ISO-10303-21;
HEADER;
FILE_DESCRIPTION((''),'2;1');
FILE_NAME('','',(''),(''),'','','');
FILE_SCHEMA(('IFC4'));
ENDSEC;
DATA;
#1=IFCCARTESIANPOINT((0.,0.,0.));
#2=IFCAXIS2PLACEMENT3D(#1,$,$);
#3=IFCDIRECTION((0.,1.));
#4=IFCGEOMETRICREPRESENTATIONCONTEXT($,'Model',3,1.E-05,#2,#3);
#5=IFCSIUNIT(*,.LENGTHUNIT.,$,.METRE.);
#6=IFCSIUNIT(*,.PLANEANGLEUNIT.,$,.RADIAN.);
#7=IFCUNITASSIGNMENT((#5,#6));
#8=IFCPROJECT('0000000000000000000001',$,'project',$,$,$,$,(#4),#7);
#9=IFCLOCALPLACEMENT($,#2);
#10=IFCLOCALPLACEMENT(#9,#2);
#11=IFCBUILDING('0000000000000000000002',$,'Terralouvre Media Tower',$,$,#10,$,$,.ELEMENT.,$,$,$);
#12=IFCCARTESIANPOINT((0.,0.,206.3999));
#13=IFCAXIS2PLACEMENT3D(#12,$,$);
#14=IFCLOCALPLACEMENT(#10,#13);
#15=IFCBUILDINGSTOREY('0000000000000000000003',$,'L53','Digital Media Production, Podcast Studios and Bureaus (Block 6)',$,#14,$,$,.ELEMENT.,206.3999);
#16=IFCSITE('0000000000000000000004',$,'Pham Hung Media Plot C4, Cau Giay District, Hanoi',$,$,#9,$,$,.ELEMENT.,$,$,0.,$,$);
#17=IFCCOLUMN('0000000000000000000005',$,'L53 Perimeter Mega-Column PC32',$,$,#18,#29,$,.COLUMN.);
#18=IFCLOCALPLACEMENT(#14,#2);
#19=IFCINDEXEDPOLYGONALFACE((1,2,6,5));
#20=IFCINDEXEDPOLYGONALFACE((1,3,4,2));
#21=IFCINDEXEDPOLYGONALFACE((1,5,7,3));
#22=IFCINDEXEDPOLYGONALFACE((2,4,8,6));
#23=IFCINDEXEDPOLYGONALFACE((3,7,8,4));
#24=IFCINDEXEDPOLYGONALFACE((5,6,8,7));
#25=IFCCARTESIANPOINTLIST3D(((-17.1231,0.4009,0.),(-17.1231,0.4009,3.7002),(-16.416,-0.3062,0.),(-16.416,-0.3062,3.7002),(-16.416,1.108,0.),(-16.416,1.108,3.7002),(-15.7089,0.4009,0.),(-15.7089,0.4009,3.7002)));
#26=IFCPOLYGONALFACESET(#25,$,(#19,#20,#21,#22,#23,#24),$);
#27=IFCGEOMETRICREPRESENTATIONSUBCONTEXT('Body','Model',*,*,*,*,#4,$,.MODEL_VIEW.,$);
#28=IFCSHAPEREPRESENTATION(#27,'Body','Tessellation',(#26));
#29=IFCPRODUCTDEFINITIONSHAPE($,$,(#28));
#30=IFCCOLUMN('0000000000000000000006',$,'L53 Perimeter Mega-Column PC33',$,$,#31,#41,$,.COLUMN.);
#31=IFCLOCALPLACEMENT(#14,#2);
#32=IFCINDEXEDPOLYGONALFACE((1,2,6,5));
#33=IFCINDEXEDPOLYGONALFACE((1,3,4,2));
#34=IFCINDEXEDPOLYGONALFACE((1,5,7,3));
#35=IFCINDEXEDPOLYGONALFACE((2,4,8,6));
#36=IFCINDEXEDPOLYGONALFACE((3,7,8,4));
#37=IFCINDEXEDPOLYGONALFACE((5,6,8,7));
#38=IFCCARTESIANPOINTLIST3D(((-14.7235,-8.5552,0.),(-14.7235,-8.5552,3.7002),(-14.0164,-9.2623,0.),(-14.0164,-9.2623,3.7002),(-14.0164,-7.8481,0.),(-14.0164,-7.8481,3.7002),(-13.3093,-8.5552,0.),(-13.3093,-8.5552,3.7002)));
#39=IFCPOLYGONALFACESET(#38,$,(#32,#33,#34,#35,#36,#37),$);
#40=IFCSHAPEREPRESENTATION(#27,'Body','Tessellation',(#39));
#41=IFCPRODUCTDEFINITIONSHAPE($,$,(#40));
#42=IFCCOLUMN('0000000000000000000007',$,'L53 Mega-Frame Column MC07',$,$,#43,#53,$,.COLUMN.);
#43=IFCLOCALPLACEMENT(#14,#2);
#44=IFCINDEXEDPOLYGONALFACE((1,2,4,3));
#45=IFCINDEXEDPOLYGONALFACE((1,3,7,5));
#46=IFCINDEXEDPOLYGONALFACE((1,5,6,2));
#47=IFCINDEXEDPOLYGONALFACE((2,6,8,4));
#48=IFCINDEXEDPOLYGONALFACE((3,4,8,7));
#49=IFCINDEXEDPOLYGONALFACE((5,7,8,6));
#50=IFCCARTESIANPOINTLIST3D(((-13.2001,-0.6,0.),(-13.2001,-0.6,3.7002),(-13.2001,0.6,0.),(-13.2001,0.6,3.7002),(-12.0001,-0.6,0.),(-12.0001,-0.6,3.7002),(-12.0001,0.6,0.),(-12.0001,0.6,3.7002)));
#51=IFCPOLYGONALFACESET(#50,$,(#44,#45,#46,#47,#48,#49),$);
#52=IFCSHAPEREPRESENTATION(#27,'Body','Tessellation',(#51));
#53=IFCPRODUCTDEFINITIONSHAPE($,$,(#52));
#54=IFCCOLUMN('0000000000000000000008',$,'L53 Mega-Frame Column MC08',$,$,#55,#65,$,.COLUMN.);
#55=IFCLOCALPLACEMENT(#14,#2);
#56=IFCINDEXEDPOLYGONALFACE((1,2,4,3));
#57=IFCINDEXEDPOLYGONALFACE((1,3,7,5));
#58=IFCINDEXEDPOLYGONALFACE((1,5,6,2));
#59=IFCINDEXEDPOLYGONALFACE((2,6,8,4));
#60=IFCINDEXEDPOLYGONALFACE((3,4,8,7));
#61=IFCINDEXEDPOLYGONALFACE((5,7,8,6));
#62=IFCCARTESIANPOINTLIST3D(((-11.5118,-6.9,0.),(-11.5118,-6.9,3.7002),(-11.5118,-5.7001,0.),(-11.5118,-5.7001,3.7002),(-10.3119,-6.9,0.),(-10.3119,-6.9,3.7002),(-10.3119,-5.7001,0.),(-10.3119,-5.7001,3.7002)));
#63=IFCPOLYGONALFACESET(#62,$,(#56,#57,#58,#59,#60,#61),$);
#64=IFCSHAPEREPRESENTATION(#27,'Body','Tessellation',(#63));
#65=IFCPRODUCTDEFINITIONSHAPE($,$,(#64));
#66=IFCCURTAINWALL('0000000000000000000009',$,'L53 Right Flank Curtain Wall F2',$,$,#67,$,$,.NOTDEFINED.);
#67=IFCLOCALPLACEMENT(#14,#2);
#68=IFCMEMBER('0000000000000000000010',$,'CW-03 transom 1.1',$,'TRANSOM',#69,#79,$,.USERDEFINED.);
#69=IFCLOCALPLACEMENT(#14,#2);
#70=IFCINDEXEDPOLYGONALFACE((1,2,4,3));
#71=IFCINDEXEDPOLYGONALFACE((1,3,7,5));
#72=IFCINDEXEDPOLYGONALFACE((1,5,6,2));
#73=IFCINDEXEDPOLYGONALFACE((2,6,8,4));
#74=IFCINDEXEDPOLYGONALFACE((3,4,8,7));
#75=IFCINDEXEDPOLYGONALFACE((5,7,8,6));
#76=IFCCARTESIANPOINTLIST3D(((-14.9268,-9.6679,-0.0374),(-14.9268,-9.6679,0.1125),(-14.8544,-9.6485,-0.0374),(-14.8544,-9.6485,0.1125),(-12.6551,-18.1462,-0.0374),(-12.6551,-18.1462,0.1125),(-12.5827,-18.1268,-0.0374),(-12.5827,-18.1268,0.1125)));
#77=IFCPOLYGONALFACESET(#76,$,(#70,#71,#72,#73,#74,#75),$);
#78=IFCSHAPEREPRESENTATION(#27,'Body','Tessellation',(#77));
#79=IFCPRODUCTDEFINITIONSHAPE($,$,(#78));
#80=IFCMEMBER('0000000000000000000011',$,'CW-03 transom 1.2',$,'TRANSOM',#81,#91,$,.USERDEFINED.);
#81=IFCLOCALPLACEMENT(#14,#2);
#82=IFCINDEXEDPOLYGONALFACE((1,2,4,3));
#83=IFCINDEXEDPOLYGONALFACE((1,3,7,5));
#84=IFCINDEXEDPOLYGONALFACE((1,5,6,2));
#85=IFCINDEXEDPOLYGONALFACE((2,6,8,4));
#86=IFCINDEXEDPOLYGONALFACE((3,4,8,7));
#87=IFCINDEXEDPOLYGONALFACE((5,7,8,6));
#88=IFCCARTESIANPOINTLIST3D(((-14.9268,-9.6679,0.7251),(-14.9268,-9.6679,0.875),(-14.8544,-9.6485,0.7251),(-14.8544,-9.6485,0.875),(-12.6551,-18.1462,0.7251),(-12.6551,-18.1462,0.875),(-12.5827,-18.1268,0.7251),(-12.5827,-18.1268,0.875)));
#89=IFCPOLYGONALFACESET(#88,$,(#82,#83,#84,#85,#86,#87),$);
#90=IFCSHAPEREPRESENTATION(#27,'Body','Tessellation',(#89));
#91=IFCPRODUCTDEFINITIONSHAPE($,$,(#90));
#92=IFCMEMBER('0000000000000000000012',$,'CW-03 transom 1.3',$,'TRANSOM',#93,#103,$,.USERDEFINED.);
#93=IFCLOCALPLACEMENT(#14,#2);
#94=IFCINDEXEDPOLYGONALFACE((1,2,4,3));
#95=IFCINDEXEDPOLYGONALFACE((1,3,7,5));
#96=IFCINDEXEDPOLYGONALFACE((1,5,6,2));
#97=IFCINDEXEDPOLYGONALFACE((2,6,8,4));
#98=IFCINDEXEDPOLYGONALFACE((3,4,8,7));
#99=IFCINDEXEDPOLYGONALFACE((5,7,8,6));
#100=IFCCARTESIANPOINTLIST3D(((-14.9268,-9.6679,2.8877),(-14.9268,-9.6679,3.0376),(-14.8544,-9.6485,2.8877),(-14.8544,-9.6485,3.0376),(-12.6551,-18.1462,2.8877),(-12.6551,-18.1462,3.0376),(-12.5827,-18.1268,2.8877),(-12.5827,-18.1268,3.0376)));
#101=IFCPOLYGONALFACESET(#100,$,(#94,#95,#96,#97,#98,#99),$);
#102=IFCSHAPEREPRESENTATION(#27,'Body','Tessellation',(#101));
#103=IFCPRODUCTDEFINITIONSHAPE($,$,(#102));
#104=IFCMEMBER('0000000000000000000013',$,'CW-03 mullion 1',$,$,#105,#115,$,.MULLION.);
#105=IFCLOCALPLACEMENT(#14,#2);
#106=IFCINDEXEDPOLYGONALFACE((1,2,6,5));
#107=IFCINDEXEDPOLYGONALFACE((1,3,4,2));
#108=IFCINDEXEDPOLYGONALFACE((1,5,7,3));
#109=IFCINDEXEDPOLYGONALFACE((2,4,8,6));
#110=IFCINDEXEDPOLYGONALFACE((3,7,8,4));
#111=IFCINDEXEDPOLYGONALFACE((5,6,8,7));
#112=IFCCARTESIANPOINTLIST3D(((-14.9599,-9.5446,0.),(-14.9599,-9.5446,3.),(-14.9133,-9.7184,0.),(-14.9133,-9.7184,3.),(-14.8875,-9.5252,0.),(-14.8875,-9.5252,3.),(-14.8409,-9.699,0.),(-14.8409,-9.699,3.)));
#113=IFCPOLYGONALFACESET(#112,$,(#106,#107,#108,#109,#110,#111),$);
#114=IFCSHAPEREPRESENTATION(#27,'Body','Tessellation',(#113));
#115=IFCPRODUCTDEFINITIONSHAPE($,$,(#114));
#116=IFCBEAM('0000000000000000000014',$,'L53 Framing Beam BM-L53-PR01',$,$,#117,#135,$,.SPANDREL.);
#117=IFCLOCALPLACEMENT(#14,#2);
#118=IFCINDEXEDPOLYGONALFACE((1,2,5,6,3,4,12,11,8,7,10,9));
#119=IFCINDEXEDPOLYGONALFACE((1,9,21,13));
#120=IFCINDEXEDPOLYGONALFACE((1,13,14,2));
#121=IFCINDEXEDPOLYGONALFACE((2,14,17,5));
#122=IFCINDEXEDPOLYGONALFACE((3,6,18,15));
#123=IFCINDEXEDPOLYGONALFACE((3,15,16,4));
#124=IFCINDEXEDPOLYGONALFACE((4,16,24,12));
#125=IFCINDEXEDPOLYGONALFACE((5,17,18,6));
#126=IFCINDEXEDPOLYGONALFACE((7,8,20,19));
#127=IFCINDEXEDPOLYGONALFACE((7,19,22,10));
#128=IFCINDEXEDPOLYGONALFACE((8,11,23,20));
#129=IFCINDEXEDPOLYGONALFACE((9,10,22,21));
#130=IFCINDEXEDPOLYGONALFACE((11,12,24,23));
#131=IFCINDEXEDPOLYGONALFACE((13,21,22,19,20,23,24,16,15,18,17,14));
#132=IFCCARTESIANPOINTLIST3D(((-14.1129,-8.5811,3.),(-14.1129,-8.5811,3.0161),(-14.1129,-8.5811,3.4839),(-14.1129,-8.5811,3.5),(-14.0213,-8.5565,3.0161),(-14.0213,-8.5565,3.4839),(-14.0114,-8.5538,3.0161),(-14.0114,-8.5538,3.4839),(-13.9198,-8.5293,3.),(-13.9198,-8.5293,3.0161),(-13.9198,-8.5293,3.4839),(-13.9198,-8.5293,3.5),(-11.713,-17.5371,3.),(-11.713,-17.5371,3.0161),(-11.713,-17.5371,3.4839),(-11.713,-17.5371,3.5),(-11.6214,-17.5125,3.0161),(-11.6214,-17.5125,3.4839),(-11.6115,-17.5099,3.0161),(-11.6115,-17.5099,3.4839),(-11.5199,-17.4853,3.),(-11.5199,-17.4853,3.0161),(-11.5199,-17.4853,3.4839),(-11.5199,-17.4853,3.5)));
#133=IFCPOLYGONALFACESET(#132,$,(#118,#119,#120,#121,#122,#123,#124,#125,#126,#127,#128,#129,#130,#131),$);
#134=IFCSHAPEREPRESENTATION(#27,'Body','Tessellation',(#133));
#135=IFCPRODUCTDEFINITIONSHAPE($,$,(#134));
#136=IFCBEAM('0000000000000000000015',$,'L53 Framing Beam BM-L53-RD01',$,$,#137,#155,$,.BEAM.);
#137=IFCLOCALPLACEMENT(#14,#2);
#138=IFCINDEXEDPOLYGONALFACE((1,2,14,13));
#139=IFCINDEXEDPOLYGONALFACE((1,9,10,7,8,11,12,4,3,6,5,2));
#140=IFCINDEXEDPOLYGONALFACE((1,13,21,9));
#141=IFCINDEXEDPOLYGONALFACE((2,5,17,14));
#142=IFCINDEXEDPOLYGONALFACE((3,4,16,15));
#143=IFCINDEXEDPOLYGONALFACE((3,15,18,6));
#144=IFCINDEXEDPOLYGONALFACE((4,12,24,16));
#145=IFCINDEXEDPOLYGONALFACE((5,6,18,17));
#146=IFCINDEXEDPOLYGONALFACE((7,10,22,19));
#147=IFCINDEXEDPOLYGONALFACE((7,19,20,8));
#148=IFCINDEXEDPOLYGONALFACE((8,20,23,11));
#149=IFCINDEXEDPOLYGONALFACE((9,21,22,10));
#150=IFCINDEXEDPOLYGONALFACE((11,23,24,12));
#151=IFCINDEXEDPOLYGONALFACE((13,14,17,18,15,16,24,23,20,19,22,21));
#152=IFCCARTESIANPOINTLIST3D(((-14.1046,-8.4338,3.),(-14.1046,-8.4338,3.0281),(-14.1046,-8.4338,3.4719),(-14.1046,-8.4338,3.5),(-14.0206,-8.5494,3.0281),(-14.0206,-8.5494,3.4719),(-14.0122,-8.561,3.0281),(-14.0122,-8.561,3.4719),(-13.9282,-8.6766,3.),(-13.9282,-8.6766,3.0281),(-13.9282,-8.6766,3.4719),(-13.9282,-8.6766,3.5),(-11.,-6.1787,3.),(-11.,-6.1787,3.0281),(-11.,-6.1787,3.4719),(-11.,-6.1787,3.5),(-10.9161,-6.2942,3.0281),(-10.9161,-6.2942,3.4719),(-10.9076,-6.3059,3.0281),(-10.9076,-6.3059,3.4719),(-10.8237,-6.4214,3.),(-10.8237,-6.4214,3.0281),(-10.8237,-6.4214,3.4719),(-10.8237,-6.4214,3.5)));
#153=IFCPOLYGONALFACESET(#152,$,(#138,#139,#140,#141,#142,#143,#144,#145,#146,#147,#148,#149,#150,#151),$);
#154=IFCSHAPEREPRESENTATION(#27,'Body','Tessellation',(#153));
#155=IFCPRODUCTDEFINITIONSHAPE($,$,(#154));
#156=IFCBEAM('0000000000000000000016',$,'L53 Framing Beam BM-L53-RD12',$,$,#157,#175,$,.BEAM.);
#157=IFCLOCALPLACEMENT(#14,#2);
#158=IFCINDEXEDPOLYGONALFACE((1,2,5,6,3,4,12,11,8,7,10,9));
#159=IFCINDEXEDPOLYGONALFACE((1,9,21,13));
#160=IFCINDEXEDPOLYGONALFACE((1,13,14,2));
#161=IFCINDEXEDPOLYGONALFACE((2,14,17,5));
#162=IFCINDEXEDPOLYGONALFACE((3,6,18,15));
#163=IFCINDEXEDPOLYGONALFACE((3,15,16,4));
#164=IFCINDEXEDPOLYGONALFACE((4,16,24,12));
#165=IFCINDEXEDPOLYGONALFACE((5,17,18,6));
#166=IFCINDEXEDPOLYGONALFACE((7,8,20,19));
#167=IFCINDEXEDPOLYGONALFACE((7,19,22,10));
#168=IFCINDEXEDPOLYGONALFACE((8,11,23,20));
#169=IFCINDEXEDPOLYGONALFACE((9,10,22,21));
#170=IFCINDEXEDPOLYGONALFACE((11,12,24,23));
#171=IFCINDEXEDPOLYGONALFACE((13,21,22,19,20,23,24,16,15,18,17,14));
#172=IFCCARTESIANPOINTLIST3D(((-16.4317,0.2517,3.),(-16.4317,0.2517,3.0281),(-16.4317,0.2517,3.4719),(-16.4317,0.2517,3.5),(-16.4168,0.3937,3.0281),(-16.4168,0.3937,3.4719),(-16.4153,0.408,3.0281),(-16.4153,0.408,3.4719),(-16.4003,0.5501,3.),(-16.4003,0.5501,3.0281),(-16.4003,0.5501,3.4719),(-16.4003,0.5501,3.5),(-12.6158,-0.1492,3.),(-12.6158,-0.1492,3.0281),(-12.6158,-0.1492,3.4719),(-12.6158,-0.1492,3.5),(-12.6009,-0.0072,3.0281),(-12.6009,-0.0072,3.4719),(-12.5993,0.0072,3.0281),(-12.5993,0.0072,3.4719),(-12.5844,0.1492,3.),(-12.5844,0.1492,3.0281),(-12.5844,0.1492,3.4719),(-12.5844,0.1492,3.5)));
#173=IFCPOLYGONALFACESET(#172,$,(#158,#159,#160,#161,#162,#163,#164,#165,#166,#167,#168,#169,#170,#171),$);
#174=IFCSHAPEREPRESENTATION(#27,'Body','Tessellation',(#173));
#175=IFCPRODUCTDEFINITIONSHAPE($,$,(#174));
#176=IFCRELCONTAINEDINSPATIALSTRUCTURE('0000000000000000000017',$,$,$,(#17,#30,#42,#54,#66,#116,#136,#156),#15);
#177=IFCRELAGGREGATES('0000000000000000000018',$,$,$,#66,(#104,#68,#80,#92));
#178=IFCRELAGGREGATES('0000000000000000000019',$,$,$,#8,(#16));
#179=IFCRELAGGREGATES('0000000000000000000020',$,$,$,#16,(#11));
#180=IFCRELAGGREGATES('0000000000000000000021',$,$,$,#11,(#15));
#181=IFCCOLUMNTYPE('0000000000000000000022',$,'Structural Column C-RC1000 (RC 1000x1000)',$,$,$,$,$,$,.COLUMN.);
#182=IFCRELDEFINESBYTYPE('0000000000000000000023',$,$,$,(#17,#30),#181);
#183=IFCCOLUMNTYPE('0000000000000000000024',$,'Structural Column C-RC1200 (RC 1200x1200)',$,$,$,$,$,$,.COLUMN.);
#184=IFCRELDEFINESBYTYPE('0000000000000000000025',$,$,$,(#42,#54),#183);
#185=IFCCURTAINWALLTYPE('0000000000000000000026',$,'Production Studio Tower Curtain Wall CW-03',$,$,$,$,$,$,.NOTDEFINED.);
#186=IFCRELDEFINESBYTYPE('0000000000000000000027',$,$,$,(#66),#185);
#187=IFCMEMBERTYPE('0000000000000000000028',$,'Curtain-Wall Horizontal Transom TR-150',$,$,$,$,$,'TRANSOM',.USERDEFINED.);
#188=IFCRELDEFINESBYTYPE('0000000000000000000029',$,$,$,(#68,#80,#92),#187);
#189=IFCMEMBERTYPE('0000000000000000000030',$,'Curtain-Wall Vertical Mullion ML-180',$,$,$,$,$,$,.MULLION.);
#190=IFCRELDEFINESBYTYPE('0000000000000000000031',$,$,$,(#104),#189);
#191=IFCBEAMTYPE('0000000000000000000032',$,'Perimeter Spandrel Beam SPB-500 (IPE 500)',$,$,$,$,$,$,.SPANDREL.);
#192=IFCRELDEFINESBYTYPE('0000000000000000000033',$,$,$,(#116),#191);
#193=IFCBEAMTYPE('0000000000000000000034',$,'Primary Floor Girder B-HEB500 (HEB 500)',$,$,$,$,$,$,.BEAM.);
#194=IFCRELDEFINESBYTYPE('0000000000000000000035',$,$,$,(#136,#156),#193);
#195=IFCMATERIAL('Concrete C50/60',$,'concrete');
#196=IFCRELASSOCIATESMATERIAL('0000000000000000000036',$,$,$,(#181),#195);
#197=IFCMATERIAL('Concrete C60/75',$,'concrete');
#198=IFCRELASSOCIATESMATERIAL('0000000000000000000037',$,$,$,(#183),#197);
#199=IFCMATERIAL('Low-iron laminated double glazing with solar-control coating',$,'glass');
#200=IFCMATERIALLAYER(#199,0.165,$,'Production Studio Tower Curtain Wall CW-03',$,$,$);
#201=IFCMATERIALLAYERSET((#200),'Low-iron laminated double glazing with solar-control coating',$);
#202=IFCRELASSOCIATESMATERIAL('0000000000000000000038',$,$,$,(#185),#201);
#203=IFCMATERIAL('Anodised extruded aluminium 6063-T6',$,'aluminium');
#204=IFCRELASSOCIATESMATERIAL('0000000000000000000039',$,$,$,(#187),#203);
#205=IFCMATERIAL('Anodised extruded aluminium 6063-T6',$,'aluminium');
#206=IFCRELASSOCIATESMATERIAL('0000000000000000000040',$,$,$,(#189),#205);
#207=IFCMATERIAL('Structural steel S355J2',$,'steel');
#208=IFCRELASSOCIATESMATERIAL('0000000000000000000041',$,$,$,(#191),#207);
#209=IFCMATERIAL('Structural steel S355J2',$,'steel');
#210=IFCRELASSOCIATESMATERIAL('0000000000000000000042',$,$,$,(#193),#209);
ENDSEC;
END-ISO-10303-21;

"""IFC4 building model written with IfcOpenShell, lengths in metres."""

from ifc_helpers import new_model, si_unit, direction, frame, origin, origin_2d, place, context, subcontext, project, spatial, rectangle, i_section, extrude, material, layer, layer_set, material_profile, profile_set, type_object, element, aggregate, save


model = new_model("IFC4")

# Units and contexts
model_context = context("Model", 3, precision=1e-05, world=origin(), true_north=direction((0.0, 1.0)))
body_context = subcontext(model_context, "Body", "Model", "MODEL_VIEW")
ifc_project = project(units=[si_unit("LENGTHUNIT", "METRE"), si_unit("PLANEANGLEUNIT", "RADIAN")], contexts=[model_context])

# Site, building, storey
site_placement = place(None, origin())
site = spatial("IfcSite", under=ifc_project, at=site_placement, Name="Pham Hung Media Plot C4, Cau Giay District, Hanoi", CompositionType="ELEMENT", RefElevation=0.0)
building_placement = place(site_placement, origin())
building = spatial("IfcBuilding", under=site, at=building_placement, Name="Terralouvre Media Tower", CompositionType="ELEMENT")
storey_placement = place(building_placement, frame((0.0, 0.0, 206.3999)))
storey = spatial("IfcBuildingStorey", under=building, at=storey_placement, Name="L53", Description="Digital Media Production, Podcast Studios and Bureaus (Block 6)", CompositionType="ELEMENT", Elevation=206.3999)

# Columns
ifc_material_1 = material(Name="Concrete C50/60", Category="concrete")
ifc_material_profile_1 = material_profile(ifc_material_1, rectangle(XDim=1.0, YDim=1.0, at=origin_2d()), Name="RC 1000x1000")
ifc_profile_set_1 = profile_set([ifc_material_profile_1], Name="Concrete C50/60")
column_type_1 = type_object("IfcColumnType", Name="Structural Column C-RC1000 (RC 1000x1000)", PredefinedType="COLUMN", material=ifc_profile_set_1)
for number, where, z_axis, x_axis, name in (
    (1, (-16.416, 0.4009, 0.0), (0.0, 0.0, 1.0), (0.707107, 0.707107, 0.0), "L53 Perimeter Mega-Column PC32"),
    (2, (-14.0164, -8.5552, 0.0), (0.0, 0.0, 1.0), (0.707107, 0.707107, 0.0), "L53 Perimeter Mega-Column PC33"),
):
    element("IfcColumn", number, at=place(storey_placement, frame(where, z_axis=z_axis, x_axis=x_axis)), inside=storey, type_object=column_type_1, Name=name, PredefinedType="COLUMN", context=body_context, shape_type="SweptSolid", body=[
        extrude(rectangle(XDim=1.0, YDim=1.0, at=origin_2d()), origin(), (0.0, 0.0, 1.0), 3.7002),
    ])
ifc_material_2 = material(Name="Concrete C60/75", Category="concrete")
ifc_material_profile_2 = material_profile(ifc_material_2, rectangle(XDim=1.2, YDim=1.2, at=origin_2d()), Name="RC 1200x1200")
ifc_profile_set_2 = profile_set([ifc_material_profile_2], Name="Concrete C60/75")
column_type_2 = type_object("IfcColumnType", Name="Structural Column C-RC1200 (RC 1200x1200)", PredefinedType="COLUMN", material=ifc_profile_set_2)
for number, where, z_axis, x_axis, name in (
    (3, (-12.6001, 0.0, 0.0), (0.0, 0.0, 1.0), (1.0, 0.0, 0.0), "L53 Mega-Frame Column MC07"),
    (4, (-10.9119, -6.3, 0.0), (0.0, 0.0, 1.0), (1.0, 0.0, 0.0), "L53 Mega-Frame Column MC08"),
):
    element("IfcColumn", number, at=place(storey_placement, frame(where, z_axis=z_axis, x_axis=x_axis)), inside=storey, type_object=column_type_2, Name=name, PredefinedType="COLUMN", context=body_context, shape_type="SweptSolid", body=[
        extrude(rectangle(XDim=1.2, YDim=1.2, at=origin_2d()), origin(), (0.0, 0.0, 1.0), 3.7002),
    ])

# Curtain wall, members
ifc_material_3 = material(Name="Low-iron laminated double glazing with solar-control coating", Category="glass")
ifc_layer_1 = layer(ifc_material_3, 0.165, Name="Production Studio Tower Curtain Wall CW-03")
ifc_layer_set_1 = layer_set([ifc_layer_1], Name="Low-iron laminated double glazing with solar-control coating")
curtain_wall_type = type_object("IfcCurtainWallType", Name="Production Studio Tower Curtain Wall CW-03", PredefinedType="NOTDEFINED", material=ifc_layer_set_1)
curtain_wall_placement = place(storey_placement, origin())
curtain_wall = element("IfcCurtainWall", 5, at=curtain_wall_placement, inside=storey, type_object=curtain_wall_type, Name="L53 Right Flank Curtain Wall F2", PredefinedType="NOTDEFINED")
ifc_material_4 = material(Name="Anodised extruded aluminium 6063-T6", Category="aluminium")
ifc_material_profile_3 = material_profile(ifc_material_4, rectangle(XDim=0.075, YDim=0.1499, at=origin_2d()), Name="ALU 75x150")
ifc_profile_set_3 = profile_set([ifc_material_profile_3], Name="Anodised extruded aluminium 6063-T6")
member_type_1 = type_object("IfcMemberType", Name="Curtain-Wall Horizontal Transom TR-150", ElementType="TRANSOM", PredefinedType="USERDEFINED", material=ifc_profile_set_3)
member_1_placement = place(storey_placement, frame((-14.8906, -9.6582, 0.0376), z_axis=(0.258817, -0.965926, 0.0), x_axis=(0.965926, 0.258817, 0.0)))
member_1 = element("IfcMember", 6, at=member_1_placement, type_object=member_type_1, Name="CW-03 transom 1.1", ObjectType="TRANSOM", PredefinedType="USERDEFINED", context=body_context, shape_type="SweptSolid", body=[
    extrude(rectangle(XDim=0.075, YDim=0.1499, at=origin_2d()), origin(), (0.0, 0.0, 1.0), 8.7773),
])
member_2_placement = place(storey_placement, frame((-14.8906, -9.6582, 0.8), z_axis=(0.258817, -0.965926, 0.0), x_axis=(0.965926, 0.258817, 0.0)))
member_2 = element("IfcMember", 7, at=member_2_placement, type_object=member_type_1, Name="CW-03 transom 1.2", ObjectType="TRANSOM", PredefinedType="USERDEFINED", context=body_context, shape_type="SweptSolid", body=[
    extrude(rectangle(XDim=0.075, YDim=0.1499, at=origin_2d()), origin(), (0.0, 0.0, 1.0), 8.7773),
])
member_3_placement = place(storey_placement, frame((-14.8906, -9.6582, 2.9626), z_axis=(0.258817, -0.965926, 0.0), x_axis=(0.965926, 0.258817, 0.0)))
member_3 = element("IfcMember", 8, at=member_3_placement, type_object=member_type_1, Name="CW-03 transom 1.3", ObjectType="TRANSOM", PredefinedType="USERDEFINED", context=body_context, shape_type="SweptSolid", body=[
    extrude(rectangle(XDim=0.075, YDim=0.1499, at=origin_2d()), origin(), (0.0, 0.0, 1.0), 8.7773),
])
ifc_material_5 = material(Name="Anodised extruded aluminium 6063-T6", Category="aluminium")
ifc_material_profile_4 = material_profile(ifc_material_5, rectangle(XDim=0.075, YDim=0.1799, at=origin_2d()), Name="ALU 75x180")
ifc_profile_set_4 = profile_set([ifc_material_profile_4], Name="Anodised extruded aluminium 6063-T6")
member_type_2 = type_object("IfcMemberType", Name="Curtain-Wall Vertical Mullion ML-180", PredefinedType="MULLION", material=ifc_profile_set_4)
member_4_placement = place(storey_placement, frame((-14.9004, -9.6218, 0.0), z_axis=(0.0, 0.0, 1.0), x_axis=(0.965926, 0.258819, 0.0)))
member_4 = element("IfcMember", 9, at=member_4_placement, type_object=member_type_2, Name="CW-03 mullion 1", PredefinedType="MULLION", context=body_context, shape_type="SweptSolid", body=[
    extrude(rectangle(XDim=0.075, YDim=0.1799, at=origin_2d()), origin(), (0.0, 0.0, 1.0), 3.0),
])
aggregate(curtain_wall, [member_4, member_1, member_2, member_3])

# Beams
ifc_material_6 = material(Name="Structural steel S355J2", Category="steel")
ifc_material_profile_5 = material_profile(ifc_material_6, i_section(OverallWidth=0.2, OverallDepth=0.5, WebThickness=0.0103, FlangeThickness=0.0161, at=origin_2d()), Name="IPE 500")
ifc_profile_set_5 = profile_set([ifc_material_profile_5], Name="Structural steel S355J2")
beam_type_1 = type_object("IfcBeamType", Name="Perimeter Spandrel Beam SPB-500 (IPE 500)", PredefinedType="SPANDREL", material=ifc_profile_set_5)
beam_1_placement = place(storey_placement, frame((-14.0164, -8.5552, 3.25), z_axis=(0.258833, -0.965922, 0.0), x_axis=(0.965922, 0.258833, 0.0)))
element("IfcBeam", 10, at=beam_1_placement, inside=storey, type_object=beam_type_1, Name="L53 Framing Beam BM-L53-PR01", PredefinedType="SPANDREL", context=body_context, shape_type="SweptSolid", body=[
    extrude(i_section(OverallWidth=0.2, OverallDepth=0.5, WebThickness=0.0103, FlangeThickness=0.0161, at=origin_2d()), origin(), (0.0, 0.0, 1.0), 9.272),
])
ifc_material_7 = material(Name="Structural steel S355J2", Category="steel")
ifc_material_profile_6 = material_profile(ifc_material_7, i_section(OverallWidth=0.3, OverallDepth=0.5, WebThickness=0.0144, FlangeThickness=0.0281, at=origin_2d()), Name="HEB 500")
ifc_profile_set_6 = profile_set([ifc_material_profile_6], Name="Structural steel S355J2")
beam_type_2 = type_object("IfcBeamType", Name="Primary Floor Girder B-HEB500 (HEB 500)", PredefinedType="BEAM", material=ifc_profile_set_6)
beam_2_placement = place(storey_placement, frame((-10.9119, -6.3, 3.25), z_axis=(-0.809069, -0.587714, 0.0), x_axis=(0.587714, -0.809069, 0.0)))
element("IfcBeam", 11, at=beam_2_placement, inside=storey, type_object=beam_type_2, Name="L53 Framing Beam BM-L53-RD01", PredefinedType="BEAM", context=body_context, shape_type="SweptSolid", body=[
    extrude(i_section(OverallWidth=0.3, OverallDepth=0.5, WebThickness=0.0144, FlangeThickness=0.0281, at=origin_2d()), origin(), (0.0, 0.0, 1.0), 3.8372),
])
beam_3_placement = place(storey_placement, frame((-12.6001, 0.0, 3.25), z_axis=(-0.994527, 0.104479, 0.0), x_axis=(-0.104479, -0.994527, 0.0)))
element("IfcBeam", 12, at=beam_3_placement, inside=storey, type_object=beam_type_2, Name="L53 Framing Beam BM-L53-RD12", PredefinedType="BEAM", context=body_context, shape_type="SweptSolid", body=[
    extrude(i_section(OverallWidth=0.3, OverallDepth=0.5, WebThickness=0.0144, FlangeThickness=0.0281, at=origin_2d()), origin(), (0.0, 0.0, 1.0), 3.8369),
])

save(model, "model.ifc")
